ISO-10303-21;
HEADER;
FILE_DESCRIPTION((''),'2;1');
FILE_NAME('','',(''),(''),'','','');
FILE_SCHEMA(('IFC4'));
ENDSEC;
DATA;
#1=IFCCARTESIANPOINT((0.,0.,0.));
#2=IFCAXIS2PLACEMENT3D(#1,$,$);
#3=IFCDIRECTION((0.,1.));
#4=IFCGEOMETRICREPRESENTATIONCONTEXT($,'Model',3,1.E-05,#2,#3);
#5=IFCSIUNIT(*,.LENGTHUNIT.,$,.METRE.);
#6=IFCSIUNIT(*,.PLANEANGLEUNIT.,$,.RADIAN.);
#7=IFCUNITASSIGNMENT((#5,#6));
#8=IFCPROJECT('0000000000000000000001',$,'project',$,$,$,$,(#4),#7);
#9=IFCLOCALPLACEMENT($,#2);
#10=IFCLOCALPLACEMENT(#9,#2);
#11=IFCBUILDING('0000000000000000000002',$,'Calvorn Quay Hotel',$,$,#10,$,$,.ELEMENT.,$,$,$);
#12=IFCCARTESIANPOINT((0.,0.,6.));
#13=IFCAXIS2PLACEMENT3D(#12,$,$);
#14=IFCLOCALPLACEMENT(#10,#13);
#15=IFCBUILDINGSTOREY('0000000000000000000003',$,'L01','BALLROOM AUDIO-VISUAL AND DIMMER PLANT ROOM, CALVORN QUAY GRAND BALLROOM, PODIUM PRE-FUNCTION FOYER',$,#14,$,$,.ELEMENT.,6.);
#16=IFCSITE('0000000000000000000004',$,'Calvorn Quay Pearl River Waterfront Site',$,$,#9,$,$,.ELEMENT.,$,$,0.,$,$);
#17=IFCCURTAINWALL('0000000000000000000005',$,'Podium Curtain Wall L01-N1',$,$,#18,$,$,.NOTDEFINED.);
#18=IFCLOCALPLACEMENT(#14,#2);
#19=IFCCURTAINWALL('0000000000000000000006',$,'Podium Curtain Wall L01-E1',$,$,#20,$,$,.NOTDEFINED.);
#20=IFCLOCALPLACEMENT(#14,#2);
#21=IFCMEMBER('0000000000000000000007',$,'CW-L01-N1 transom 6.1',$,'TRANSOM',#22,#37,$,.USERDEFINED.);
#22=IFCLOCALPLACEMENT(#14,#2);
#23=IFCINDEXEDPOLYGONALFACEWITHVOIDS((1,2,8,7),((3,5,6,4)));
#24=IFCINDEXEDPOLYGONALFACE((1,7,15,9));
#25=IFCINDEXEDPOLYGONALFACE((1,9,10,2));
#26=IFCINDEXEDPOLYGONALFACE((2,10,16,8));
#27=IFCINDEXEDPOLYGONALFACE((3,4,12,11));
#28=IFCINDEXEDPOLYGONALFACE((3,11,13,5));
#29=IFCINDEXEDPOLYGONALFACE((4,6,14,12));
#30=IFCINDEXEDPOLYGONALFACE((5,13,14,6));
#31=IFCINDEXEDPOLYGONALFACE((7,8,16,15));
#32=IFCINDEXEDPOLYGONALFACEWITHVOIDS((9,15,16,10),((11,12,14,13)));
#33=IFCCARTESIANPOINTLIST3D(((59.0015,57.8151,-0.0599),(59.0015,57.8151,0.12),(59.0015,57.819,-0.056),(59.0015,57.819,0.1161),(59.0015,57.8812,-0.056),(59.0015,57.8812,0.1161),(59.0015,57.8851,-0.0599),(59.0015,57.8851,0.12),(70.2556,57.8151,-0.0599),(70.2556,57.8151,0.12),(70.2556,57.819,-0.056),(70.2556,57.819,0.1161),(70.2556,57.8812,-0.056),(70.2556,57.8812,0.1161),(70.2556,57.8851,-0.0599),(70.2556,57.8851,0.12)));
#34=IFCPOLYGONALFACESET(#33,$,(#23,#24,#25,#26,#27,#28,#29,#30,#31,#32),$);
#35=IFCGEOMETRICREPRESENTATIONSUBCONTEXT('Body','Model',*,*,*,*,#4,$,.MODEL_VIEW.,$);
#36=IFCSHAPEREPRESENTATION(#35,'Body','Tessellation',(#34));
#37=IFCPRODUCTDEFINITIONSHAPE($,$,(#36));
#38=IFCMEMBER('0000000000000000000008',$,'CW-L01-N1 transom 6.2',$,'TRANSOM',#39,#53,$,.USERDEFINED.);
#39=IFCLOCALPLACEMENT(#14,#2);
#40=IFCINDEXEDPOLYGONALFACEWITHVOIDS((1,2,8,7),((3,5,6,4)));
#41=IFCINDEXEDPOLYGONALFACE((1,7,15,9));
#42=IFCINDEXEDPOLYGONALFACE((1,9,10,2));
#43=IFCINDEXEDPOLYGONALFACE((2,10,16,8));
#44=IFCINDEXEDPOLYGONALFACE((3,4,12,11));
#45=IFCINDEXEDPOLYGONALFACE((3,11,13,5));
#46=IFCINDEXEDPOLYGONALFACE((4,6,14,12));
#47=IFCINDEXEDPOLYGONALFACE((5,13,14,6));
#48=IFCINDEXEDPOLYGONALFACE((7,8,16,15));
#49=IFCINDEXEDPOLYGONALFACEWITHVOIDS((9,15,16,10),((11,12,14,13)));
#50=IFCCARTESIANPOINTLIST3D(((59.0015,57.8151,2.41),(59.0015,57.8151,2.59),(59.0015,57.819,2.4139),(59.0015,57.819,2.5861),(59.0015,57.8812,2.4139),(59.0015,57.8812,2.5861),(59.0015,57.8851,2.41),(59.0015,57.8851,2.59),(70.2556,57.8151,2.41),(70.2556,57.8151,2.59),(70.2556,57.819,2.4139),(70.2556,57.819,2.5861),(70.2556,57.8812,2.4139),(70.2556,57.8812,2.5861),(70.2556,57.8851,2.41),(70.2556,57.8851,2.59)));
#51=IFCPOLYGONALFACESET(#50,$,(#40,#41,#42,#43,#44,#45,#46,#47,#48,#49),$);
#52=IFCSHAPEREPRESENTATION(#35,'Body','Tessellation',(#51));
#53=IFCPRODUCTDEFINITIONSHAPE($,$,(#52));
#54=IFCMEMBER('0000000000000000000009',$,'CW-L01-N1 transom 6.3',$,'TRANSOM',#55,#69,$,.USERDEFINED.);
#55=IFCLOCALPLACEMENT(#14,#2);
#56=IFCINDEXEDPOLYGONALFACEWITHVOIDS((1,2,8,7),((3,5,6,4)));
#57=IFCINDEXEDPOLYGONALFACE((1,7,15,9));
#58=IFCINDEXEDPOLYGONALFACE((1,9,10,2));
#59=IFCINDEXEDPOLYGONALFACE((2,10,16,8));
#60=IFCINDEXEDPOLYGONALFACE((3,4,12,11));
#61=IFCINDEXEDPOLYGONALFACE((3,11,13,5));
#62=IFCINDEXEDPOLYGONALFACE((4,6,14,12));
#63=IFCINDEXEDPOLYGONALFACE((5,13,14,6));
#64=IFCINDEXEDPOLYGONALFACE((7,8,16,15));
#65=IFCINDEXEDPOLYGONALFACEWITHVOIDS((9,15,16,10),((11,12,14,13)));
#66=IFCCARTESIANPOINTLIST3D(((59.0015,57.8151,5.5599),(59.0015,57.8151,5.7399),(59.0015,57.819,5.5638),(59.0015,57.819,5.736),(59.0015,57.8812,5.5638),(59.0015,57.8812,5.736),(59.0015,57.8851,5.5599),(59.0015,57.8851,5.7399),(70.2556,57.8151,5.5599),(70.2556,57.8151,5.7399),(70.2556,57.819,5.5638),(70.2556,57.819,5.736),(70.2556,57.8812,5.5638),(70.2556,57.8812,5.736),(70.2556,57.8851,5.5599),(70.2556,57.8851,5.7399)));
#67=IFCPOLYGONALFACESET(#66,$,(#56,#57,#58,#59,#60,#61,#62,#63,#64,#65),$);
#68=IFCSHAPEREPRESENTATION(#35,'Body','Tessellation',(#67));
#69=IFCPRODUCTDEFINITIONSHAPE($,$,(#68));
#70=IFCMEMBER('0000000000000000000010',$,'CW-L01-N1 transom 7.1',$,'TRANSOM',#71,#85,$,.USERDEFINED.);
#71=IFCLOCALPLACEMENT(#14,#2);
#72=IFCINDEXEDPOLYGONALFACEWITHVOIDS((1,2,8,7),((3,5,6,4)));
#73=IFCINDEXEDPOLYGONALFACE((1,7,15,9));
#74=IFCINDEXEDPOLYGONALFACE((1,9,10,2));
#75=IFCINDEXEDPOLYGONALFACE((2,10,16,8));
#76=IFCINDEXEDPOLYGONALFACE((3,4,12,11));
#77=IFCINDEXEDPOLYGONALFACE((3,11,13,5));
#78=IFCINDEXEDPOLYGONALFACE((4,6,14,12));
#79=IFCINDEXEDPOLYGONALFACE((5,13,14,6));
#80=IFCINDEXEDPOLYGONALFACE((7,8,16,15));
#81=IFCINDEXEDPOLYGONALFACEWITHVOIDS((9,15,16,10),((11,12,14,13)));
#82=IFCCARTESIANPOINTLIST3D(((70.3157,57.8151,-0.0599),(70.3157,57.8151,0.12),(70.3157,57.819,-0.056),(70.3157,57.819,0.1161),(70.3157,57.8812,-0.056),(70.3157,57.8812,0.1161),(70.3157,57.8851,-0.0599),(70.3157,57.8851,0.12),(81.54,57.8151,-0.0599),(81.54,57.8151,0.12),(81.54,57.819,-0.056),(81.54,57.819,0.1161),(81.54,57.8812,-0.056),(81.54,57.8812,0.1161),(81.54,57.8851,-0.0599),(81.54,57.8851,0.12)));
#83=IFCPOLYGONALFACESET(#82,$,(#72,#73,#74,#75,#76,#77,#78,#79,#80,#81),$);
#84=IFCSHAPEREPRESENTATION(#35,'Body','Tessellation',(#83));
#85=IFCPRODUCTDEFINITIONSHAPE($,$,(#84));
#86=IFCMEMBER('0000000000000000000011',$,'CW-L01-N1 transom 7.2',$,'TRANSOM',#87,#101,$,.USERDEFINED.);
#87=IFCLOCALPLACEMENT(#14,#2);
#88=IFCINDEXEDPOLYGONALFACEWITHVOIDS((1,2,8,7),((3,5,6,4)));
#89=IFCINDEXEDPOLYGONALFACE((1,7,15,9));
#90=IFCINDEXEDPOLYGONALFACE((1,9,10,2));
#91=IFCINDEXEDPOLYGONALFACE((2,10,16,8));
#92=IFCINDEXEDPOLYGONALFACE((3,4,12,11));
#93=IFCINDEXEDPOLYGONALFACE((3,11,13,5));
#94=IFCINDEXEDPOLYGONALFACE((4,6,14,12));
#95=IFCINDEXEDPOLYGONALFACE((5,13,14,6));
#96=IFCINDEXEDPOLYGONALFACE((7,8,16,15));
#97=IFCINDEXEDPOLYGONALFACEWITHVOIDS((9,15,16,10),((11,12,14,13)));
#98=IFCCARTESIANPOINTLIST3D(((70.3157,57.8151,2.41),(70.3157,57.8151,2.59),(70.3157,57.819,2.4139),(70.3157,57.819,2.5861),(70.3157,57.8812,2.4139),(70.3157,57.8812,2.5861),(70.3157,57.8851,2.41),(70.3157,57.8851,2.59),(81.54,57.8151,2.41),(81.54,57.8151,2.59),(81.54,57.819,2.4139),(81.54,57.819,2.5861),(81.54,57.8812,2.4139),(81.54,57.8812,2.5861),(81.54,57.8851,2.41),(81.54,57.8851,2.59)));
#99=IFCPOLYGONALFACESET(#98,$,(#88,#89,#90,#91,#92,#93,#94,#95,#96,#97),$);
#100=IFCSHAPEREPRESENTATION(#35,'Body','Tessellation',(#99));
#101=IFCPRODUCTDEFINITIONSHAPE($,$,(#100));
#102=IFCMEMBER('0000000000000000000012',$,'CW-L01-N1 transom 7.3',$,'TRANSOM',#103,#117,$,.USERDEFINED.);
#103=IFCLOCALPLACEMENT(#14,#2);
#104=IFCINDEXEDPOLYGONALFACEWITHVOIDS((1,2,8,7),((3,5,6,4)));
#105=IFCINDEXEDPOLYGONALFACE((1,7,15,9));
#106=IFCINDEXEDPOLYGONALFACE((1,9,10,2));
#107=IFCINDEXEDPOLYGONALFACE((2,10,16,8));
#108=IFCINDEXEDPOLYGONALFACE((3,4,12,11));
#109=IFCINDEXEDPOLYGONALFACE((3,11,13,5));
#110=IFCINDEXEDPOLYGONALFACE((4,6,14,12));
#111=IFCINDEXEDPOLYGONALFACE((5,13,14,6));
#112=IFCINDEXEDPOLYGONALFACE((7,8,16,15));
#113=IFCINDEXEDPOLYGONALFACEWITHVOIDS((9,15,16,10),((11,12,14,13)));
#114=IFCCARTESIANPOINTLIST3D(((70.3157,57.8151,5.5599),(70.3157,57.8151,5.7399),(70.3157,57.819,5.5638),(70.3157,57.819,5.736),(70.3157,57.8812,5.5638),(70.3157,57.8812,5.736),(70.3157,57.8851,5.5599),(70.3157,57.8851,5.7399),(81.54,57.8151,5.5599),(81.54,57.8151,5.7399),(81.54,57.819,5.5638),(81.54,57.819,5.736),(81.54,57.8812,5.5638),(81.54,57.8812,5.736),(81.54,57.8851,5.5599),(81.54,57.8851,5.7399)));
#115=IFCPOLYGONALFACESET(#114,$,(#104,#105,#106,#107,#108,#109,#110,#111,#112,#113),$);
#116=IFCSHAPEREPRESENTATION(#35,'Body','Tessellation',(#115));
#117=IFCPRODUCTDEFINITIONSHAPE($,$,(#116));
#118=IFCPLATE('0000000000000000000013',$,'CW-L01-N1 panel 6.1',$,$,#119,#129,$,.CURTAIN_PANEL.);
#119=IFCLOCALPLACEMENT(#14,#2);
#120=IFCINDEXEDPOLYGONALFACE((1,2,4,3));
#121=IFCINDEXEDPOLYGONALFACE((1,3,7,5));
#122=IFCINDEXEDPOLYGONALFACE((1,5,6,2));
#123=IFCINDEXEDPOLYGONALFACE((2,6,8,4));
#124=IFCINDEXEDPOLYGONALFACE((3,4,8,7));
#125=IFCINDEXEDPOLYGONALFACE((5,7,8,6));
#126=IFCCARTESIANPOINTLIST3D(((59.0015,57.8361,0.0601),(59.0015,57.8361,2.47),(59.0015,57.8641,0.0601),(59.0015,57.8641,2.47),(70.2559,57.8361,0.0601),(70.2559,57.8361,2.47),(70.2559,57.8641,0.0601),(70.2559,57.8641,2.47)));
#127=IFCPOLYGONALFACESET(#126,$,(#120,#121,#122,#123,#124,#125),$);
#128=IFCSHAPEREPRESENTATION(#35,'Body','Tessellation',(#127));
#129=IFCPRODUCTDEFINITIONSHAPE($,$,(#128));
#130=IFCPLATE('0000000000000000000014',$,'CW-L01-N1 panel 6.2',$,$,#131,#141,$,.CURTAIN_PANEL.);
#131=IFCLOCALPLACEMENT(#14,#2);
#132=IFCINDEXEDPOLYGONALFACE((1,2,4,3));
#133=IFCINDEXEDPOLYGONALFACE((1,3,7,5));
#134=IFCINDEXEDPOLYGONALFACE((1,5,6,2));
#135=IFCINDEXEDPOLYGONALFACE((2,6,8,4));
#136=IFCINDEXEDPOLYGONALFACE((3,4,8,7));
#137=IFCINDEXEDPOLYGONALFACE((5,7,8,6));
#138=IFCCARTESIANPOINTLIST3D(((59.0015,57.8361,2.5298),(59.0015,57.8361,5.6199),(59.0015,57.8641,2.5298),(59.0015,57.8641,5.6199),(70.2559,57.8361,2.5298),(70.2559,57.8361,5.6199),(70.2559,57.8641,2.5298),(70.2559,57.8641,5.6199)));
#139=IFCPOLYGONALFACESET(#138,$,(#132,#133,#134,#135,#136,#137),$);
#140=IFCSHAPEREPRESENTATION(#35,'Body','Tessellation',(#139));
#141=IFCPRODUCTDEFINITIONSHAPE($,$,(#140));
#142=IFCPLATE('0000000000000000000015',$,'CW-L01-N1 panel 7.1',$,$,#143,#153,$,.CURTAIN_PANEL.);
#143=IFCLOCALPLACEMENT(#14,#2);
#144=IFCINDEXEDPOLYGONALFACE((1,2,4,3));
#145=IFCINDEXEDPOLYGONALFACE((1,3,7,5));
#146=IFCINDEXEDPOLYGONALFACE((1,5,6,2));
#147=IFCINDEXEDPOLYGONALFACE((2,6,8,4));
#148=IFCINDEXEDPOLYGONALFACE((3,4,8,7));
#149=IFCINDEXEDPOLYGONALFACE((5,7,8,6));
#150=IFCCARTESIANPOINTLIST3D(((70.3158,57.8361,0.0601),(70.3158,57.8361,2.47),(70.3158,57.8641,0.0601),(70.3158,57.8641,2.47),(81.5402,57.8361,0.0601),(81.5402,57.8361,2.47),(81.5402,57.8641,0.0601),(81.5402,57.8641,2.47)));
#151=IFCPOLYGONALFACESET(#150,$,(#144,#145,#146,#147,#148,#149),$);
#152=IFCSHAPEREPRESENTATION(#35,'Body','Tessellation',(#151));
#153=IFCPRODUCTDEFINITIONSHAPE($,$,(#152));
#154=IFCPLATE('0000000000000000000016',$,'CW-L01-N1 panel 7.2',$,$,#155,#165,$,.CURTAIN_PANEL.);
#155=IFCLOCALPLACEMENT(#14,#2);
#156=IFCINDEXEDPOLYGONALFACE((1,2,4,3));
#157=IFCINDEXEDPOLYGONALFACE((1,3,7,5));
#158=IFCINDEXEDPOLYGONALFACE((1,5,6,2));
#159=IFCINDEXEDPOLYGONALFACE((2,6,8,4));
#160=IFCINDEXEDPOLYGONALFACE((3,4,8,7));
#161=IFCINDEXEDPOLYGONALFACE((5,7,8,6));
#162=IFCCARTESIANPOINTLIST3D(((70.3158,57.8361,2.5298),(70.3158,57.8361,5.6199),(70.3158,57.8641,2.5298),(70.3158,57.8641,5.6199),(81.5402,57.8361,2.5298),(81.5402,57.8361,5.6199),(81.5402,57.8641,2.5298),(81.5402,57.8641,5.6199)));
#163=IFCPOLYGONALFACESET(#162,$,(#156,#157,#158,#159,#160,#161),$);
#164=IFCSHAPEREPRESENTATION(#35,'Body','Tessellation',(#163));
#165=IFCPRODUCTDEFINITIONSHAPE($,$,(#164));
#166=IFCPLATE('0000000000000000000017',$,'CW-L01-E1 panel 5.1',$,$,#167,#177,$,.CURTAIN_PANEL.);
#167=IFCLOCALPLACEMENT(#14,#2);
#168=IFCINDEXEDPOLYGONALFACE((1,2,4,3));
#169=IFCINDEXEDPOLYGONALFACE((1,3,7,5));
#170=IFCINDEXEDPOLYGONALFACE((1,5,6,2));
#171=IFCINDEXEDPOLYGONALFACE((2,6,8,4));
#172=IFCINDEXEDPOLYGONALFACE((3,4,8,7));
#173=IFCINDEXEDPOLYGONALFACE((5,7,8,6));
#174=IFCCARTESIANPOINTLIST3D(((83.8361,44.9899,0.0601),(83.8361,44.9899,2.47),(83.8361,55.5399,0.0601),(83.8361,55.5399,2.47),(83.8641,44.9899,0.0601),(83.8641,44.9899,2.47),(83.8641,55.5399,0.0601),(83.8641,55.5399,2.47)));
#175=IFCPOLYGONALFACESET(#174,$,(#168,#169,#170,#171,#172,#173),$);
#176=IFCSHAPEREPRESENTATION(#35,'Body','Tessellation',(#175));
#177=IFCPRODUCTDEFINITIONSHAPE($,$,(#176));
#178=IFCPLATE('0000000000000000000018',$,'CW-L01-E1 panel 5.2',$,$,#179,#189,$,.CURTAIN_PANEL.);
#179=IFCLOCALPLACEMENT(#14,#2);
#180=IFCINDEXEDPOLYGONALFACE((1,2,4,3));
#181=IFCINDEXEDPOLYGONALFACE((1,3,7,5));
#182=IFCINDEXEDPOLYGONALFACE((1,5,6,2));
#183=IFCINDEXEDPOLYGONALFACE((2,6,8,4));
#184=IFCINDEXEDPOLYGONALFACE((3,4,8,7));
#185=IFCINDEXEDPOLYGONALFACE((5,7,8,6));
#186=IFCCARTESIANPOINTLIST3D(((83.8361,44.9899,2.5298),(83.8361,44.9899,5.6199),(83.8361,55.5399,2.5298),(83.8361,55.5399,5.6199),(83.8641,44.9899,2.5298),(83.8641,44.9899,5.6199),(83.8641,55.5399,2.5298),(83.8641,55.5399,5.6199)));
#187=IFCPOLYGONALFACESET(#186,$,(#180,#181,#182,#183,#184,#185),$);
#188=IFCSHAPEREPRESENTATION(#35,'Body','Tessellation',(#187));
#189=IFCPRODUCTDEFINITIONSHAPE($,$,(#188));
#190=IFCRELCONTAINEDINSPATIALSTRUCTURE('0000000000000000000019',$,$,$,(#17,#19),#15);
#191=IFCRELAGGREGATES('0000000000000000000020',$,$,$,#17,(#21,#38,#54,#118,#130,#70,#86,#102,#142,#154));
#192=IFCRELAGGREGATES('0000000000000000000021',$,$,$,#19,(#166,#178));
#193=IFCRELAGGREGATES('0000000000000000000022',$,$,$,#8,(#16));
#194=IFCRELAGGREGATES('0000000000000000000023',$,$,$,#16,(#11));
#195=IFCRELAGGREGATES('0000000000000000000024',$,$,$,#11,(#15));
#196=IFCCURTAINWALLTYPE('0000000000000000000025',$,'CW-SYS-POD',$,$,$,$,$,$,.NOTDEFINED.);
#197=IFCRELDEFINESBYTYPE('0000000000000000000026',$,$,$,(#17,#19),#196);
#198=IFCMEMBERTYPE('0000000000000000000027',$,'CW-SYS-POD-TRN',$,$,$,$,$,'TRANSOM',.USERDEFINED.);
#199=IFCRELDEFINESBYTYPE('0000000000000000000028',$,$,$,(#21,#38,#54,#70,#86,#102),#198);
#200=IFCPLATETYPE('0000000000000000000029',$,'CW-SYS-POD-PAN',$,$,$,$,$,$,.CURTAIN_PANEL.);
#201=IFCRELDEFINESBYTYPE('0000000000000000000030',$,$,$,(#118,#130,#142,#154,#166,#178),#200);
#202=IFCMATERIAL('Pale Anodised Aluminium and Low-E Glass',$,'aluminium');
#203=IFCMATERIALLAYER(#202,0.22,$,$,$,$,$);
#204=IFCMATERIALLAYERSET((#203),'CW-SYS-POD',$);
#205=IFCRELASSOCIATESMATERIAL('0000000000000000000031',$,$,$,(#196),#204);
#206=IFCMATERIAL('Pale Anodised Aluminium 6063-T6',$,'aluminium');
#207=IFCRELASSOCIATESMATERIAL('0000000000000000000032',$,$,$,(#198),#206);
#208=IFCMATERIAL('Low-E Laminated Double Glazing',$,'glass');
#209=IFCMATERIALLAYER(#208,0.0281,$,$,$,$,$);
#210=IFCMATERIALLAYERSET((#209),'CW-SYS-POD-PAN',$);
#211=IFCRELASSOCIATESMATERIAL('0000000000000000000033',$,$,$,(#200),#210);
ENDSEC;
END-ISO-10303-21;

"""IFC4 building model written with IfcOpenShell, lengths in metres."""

from ifc_helpers import new_model, si_unit, direction, frame, origin, origin_2d, place, context, subcontext, project, spatial, rectangle, hollow_rectangle, extrude, material, layer, layer_set, material_profile, profile_set, type_object, element, aggregate, save


model = new_model("IFC4")

# Units and contexts
model_context = context("Model", 3, precision=1e-05, world=origin(), true_north=direction((0.0, 1.0)))
body_context = subcontext(model_context, "Body", "Model", "MODEL_VIEW")
ifc_project = project(units=[si_unit("LENGTHUNIT", "METRE"), si_unit("PLANEANGLEUNIT", "RADIAN")], contexts=[model_context])

# Site, building, storey
site_placement = place(None, origin())
site = spatial("IfcSite", under=ifc_project, at=site_placement, Name="Calvorn Quay Pearl River Waterfront Site", CompositionType="ELEMENT", RefElevation=0.0)
building_placement = place(site_placement, origin())
building = spatial("IfcBuilding", under=site, at=building_placement, Name="Calvorn Quay Hotel", CompositionType="ELEMENT")
storey_placement = place(building_placement, frame((0.0, 0.0, 6.0)))
storey = spatial("IfcBuildingStorey", under=building, at=storey_placement, Name="L01", Description="BALLROOM AUDIO-VISUAL AND DIMMER PLANT ROOM, CALVORN QUAY GRAND BALLROOM, PODIUM PRE-FUNCTION FOYER", CompositionType="ELEMENT", Elevation=6.0)

# Curtain wall
ifc_material_1 = material(Name="Pale Anodised Aluminium and Low-E Glass", Category="aluminium")
ifc_layer_1 = layer(ifc_material_1, 0.22)
ifc_layer_set_1 = layer_set([ifc_layer_1], Name="CW-SYS-POD")
curtain_wall_type = type_object("IfcCurtainWallType", Name="CW-SYS-POD", PredefinedType="NOTDEFINED", material=ifc_layer_set_1)
curtain_wall_1_placement = place(storey_placement, origin())
curtain_wall_1 = element("IfcCurtainWall", 1, at=curtain_wall_1_placement, inside=storey, type_object=curtain_wall_type, Name="Podium Curtain Wall L01-N1", PredefinedType="NOTDEFINED")

# Curtain wall
curtain_wall_2_placement = place(storey_placement, origin())
curtain_wall_2 = element("IfcCurtainWall", 2, at=curtain_wall_2_placement, inside=storey, type_object=curtain_wall_type, Name="Podium Curtain Wall L01-E1", PredefinedType="NOTDEFINED")

# Members
ifc_material_2 = material(Name="Pale Anodised Aluminium 6063-T6", Category="aluminium")
ifc_material_profile_1 = material_profile(ifc_material_2, hollow_rectangle(XDim=0.0701, YDim=0.1799, WallThickness=0.0039, at=origin_2d()), Name="ALU-T180x70x4")
ifc_profile_set_1 = profile_set([ifc_material_profile_1], Name="Pale Anodised Aluminium 6063-T6")
member_type_1 = type_object("IfcMemberType", Name="CW-SYS-POD-TRN", ElementType="TRANSOM", PredefinedType="USERDEFINED", material=ifc_profile_set_1)
member_1_placement = place(storey_placement, frame((59.0015, 57.8501, 0.03), z_axis=(1.0, 0.0, 0.0), x_axis=(0.0, 1.0, 0.0)))
member_1 = element("IfcMember", 3, at=member_1_placement, type_object=member_type_1, Name="CW-L01-N1 transom 6.1", ObjectType="TRANSOM", PredefinedType="USERDEFINED", context=body_context, shape_type="SweptSolid", body=[
    extrude(hollow_rectangle(XDim=0.0701, YDim=0.1799, WallThickness=0.0039, at=origin_2d()), origin(), (0.0, 0.0, 1.0), 11.2542),
])
member_2_placement = place(storey_placement, frame((59.0015, 57.8501, 2.5), z_axis=(1.0, 0.0, 0.0), x_axis=(0.0, 1.0, 0.0)))
member_2 = element("IfcMember", 4, at=member_2_placement, type_object=member_type_1, Name="CW-L01-N1 transom 6.2", ObjectType="TRANSOM", PredefinedType="USERDEFINED", context=body_context, shape_type="SweptSolid", body=[
    extrude(hollow_rectangle(XDim=0.0701, YDim=0.1799, WallThickness=0.0039, at=origin_2d()), origin(), (0.0, 0.0, 1.0), 11.2542),
])
member_3_placement = place(storey_placement, frame((59.0015, 57.8501, 5.6499), z_axis=(1.0, 0.0, 0.0), x_axis=(0.0, 1.0, 0.0)))
member_3 = element("IfcMember", 5, at=member_3_placement, type_object=member_type_1, Name="CW-L01-N1 transom 6.3", ObjectType="TRANSOM", PredefinedType="USERDEFINED", context=body_context, shape_type="SweptSolid", body=[
    extrude(hollow_rectangle(XDim=0.0701, YDim=0.1799, WallThickness=0.0039, at=origin_2d()), origin(), (0.0, 0.0, 1.0), 11.2542),
])
member_4_placement = place(storey_placement, frame((70.3157, 57.8501, 0.03), z_axis=(1.0, 0.0, 0.0), x_axis=(0.0, 1.0, 0.0)))
member_4 = element("IfcMember", 6, at=member_4_placement, type_object=member_type_1, Name="CW-L01-N1 transom 7.1", ObjectType="TRANSOM", PredefinedType="USERDEFINED", context=body_context, shape_type="SweptSolid", body=[
    extrude(hollow_rectangle(XDim=0.0701, YDim=0.1799, WallThickness=0.0039, at=origin_2d()), origin(), (0.0, 0.0, 1.0), 11.2244),
])
member_5_placement = place(storey_placement, frame((70.3157, 57.8501, 2.5), z_axis=(1.0, 0.0, 0.0), x_axis=(0.0, 1.0, 0.0)))
member_5 = element("IfcMember", 7, at=member_5_placement, type_object=member_type_1, Name="CW-L01-N1 transom 7.2", ObjectType="TRANSOM", PredefinedType="USERDEFINED", context=body_context, shape_type="SweptSolid", body=[
    extrude(hollow_rectangle(XDim=0.0701, YDim=0.1799, WallThickness=0.0039, at=origin_2d()), origin(), (0.0, 0.0, 1.0), 11.2244),
])
member_6_placement = place(storey_placement, frame((70.3157, 57.8501, 5.6499), z_axis=(1.0, 0.0, 0.0), x_axis=(0.0, 1.0, 0.0)))
member_6 = element("IfcMember", 8, at=member_6_placement, type_object=member_type_1, Name="CW-L01-N1 transom 7.3", ObjectType="TRANSOM", PredefinedType="USERDEFINED", context=body_context, shape_type="SweptSolid", body=[
    extrude(hollow_rectangle(XDim=0.0701, YDim=0.1799, WallThickness=0.0039, at=origin_2d()), origin(), (0.0, 0.0, 1.0), 11.2244),
])

# Plates
ifc_material_3 = material(Name="Low-E Laminated Double Glazing", Category="glass")
ifc_layer_2 = layer(ifc_material_3, 0.0281)
ifc_layer_set_2 = layer_set([ifc_layer_2], Name="CW-SYS-POD-PAN")
plate_type = type_object("IfcPlateType", Name="CW-SYS-POD-PAN", PredefinedType="CURTAIN_PANEL", material=ifc_layer_set_2)
plate_1_placement = place(storey_placement, frame((64.6287, 57.8501, 0.0601), z_axis=(0.0, 0.0, 1.0), x_axis=(1.0, 0.0, 0.0)))
plate_1 = element("IfcPlate", 9, at=plate_1_placement, type_object=plate_type, Name="CW-L01-N1 panel 6.1", PredefinedType="CURTAIN_PANEL", context=body_context, shape_type="SweptSolid", body=[
    extrude(rectangle(XDim=11.2544, YDim=0.0281, at=origin_2d()), origin(), (0.0, 0.0, 1.0), 2.4099),
])
plate_2_placement = place(storey_placement, frame((64.6287, 57.8501, 2.5298), z_axis=(0.0, 0.0, 1.0), x_axis=(1.0, 0.0, 0.0)))
plate_2 = element("IfcPlate", 10, at=plate_2_placement, type_object=plate_type, Name="CW-L01-N1 panel 6.2", PredefinedType="CURTAIN_PANEL", context=body_context, shape_type="SweptSolid", body=[
    extrude(rectangle(XDim=11.2544, YDim=0.0281, at=origin_2d()), origin(), (0.0, 0.0, 1.0), 3.0901),
])
plate_3_placement = place(storey_placement, frame((75.928, 57.8501, 0.0601), z_axis=(0.0, 0.0, 1.0), x_axis=(1.0, 0.0, 0.0)))
plate_3 = element("IfcPlate", 11, at=plate_3_placement, type_object=plate_type, Name="CW-L01-N1 panel 7.1", PredefinedType="CURTAIN_PANEL", context=body_context, shape_type="SweptSolid", body=[
    extrude(rectangle(XDim=11.2244, YDim=0.0281, at=origin_2d()), origin(), (0.0, 0.0, 1.0), 2.4099),
])
plate_4_placement = place(storey_placement, frame((75.928, 57.8501, 2.5298), z_axis=(0.0, 0.0, 1.0), x_axis=(1.0, 0.0, 0.0)))
plate_4 = element("IfcPlate", 12, at=plate_4_placement, type_object=plate_type, Name="CW-L01-N1 panel 7.2", PredefinedType="CURTAIN_PANEL", context=body_context, shape_type="SweptSolid", body=[
    extrude(rectangle(XDim=11.2244, YDim=0.0281, at=origin_2d()), origin(), (0.0, 0.0, 1.0), 3.0901),
])
aggregate(curtain_wall_1, [member_1, member_2, member_3, plate_1, plate_2, member_4, member_5, member_6, plate_3, plate_4])
plate_5_placement = place(storey_placement, frame((83.8501, 50.2649, 0.0601), z_axis=(0.0, 0.0, 1.0), x_axis=(0.0, 1.0, 0.0)))
plate_5 = element("IfcPlate", 13, at=plate_5_placement, type_object=plate_type, Name="CW-L01-E1 panel 5.1", PredefinedType="CURTAIN_PANEL", context=body_context, shape_type="SweptSolid", body=[
    extrude(rectangle(XDim=10.55, YDim=0.0281, at=origin_2d()), origin(), (0.0, 0.0, 1.0), 2.4099),
])
plate_6_placement = place(storey_placement, frame((83.8501, 50.2649, 2.5298), z_axis=(0.0, 0.0, 1.0), x_axis=(0.0, 1.0, 0.0)))
plate_6 = element("IfcPlate", 14, at=plate_6_placement, type_object=plate_type, Name="CW-L01-E1 panel 5.2", PredefinedType="CURTAIN_PANEL", context=body_context, shape_type="SweptSolid", body=[
    extrude(rectangle(XDim=10.55, YDim=0.0281, at=origin_2d()), origin(), (0.0, 0.0, 1.0), 3.0901),
])
aggregate(curtain_wall_2, [plate_5, plate_6])

save(model, "model.ifc")
